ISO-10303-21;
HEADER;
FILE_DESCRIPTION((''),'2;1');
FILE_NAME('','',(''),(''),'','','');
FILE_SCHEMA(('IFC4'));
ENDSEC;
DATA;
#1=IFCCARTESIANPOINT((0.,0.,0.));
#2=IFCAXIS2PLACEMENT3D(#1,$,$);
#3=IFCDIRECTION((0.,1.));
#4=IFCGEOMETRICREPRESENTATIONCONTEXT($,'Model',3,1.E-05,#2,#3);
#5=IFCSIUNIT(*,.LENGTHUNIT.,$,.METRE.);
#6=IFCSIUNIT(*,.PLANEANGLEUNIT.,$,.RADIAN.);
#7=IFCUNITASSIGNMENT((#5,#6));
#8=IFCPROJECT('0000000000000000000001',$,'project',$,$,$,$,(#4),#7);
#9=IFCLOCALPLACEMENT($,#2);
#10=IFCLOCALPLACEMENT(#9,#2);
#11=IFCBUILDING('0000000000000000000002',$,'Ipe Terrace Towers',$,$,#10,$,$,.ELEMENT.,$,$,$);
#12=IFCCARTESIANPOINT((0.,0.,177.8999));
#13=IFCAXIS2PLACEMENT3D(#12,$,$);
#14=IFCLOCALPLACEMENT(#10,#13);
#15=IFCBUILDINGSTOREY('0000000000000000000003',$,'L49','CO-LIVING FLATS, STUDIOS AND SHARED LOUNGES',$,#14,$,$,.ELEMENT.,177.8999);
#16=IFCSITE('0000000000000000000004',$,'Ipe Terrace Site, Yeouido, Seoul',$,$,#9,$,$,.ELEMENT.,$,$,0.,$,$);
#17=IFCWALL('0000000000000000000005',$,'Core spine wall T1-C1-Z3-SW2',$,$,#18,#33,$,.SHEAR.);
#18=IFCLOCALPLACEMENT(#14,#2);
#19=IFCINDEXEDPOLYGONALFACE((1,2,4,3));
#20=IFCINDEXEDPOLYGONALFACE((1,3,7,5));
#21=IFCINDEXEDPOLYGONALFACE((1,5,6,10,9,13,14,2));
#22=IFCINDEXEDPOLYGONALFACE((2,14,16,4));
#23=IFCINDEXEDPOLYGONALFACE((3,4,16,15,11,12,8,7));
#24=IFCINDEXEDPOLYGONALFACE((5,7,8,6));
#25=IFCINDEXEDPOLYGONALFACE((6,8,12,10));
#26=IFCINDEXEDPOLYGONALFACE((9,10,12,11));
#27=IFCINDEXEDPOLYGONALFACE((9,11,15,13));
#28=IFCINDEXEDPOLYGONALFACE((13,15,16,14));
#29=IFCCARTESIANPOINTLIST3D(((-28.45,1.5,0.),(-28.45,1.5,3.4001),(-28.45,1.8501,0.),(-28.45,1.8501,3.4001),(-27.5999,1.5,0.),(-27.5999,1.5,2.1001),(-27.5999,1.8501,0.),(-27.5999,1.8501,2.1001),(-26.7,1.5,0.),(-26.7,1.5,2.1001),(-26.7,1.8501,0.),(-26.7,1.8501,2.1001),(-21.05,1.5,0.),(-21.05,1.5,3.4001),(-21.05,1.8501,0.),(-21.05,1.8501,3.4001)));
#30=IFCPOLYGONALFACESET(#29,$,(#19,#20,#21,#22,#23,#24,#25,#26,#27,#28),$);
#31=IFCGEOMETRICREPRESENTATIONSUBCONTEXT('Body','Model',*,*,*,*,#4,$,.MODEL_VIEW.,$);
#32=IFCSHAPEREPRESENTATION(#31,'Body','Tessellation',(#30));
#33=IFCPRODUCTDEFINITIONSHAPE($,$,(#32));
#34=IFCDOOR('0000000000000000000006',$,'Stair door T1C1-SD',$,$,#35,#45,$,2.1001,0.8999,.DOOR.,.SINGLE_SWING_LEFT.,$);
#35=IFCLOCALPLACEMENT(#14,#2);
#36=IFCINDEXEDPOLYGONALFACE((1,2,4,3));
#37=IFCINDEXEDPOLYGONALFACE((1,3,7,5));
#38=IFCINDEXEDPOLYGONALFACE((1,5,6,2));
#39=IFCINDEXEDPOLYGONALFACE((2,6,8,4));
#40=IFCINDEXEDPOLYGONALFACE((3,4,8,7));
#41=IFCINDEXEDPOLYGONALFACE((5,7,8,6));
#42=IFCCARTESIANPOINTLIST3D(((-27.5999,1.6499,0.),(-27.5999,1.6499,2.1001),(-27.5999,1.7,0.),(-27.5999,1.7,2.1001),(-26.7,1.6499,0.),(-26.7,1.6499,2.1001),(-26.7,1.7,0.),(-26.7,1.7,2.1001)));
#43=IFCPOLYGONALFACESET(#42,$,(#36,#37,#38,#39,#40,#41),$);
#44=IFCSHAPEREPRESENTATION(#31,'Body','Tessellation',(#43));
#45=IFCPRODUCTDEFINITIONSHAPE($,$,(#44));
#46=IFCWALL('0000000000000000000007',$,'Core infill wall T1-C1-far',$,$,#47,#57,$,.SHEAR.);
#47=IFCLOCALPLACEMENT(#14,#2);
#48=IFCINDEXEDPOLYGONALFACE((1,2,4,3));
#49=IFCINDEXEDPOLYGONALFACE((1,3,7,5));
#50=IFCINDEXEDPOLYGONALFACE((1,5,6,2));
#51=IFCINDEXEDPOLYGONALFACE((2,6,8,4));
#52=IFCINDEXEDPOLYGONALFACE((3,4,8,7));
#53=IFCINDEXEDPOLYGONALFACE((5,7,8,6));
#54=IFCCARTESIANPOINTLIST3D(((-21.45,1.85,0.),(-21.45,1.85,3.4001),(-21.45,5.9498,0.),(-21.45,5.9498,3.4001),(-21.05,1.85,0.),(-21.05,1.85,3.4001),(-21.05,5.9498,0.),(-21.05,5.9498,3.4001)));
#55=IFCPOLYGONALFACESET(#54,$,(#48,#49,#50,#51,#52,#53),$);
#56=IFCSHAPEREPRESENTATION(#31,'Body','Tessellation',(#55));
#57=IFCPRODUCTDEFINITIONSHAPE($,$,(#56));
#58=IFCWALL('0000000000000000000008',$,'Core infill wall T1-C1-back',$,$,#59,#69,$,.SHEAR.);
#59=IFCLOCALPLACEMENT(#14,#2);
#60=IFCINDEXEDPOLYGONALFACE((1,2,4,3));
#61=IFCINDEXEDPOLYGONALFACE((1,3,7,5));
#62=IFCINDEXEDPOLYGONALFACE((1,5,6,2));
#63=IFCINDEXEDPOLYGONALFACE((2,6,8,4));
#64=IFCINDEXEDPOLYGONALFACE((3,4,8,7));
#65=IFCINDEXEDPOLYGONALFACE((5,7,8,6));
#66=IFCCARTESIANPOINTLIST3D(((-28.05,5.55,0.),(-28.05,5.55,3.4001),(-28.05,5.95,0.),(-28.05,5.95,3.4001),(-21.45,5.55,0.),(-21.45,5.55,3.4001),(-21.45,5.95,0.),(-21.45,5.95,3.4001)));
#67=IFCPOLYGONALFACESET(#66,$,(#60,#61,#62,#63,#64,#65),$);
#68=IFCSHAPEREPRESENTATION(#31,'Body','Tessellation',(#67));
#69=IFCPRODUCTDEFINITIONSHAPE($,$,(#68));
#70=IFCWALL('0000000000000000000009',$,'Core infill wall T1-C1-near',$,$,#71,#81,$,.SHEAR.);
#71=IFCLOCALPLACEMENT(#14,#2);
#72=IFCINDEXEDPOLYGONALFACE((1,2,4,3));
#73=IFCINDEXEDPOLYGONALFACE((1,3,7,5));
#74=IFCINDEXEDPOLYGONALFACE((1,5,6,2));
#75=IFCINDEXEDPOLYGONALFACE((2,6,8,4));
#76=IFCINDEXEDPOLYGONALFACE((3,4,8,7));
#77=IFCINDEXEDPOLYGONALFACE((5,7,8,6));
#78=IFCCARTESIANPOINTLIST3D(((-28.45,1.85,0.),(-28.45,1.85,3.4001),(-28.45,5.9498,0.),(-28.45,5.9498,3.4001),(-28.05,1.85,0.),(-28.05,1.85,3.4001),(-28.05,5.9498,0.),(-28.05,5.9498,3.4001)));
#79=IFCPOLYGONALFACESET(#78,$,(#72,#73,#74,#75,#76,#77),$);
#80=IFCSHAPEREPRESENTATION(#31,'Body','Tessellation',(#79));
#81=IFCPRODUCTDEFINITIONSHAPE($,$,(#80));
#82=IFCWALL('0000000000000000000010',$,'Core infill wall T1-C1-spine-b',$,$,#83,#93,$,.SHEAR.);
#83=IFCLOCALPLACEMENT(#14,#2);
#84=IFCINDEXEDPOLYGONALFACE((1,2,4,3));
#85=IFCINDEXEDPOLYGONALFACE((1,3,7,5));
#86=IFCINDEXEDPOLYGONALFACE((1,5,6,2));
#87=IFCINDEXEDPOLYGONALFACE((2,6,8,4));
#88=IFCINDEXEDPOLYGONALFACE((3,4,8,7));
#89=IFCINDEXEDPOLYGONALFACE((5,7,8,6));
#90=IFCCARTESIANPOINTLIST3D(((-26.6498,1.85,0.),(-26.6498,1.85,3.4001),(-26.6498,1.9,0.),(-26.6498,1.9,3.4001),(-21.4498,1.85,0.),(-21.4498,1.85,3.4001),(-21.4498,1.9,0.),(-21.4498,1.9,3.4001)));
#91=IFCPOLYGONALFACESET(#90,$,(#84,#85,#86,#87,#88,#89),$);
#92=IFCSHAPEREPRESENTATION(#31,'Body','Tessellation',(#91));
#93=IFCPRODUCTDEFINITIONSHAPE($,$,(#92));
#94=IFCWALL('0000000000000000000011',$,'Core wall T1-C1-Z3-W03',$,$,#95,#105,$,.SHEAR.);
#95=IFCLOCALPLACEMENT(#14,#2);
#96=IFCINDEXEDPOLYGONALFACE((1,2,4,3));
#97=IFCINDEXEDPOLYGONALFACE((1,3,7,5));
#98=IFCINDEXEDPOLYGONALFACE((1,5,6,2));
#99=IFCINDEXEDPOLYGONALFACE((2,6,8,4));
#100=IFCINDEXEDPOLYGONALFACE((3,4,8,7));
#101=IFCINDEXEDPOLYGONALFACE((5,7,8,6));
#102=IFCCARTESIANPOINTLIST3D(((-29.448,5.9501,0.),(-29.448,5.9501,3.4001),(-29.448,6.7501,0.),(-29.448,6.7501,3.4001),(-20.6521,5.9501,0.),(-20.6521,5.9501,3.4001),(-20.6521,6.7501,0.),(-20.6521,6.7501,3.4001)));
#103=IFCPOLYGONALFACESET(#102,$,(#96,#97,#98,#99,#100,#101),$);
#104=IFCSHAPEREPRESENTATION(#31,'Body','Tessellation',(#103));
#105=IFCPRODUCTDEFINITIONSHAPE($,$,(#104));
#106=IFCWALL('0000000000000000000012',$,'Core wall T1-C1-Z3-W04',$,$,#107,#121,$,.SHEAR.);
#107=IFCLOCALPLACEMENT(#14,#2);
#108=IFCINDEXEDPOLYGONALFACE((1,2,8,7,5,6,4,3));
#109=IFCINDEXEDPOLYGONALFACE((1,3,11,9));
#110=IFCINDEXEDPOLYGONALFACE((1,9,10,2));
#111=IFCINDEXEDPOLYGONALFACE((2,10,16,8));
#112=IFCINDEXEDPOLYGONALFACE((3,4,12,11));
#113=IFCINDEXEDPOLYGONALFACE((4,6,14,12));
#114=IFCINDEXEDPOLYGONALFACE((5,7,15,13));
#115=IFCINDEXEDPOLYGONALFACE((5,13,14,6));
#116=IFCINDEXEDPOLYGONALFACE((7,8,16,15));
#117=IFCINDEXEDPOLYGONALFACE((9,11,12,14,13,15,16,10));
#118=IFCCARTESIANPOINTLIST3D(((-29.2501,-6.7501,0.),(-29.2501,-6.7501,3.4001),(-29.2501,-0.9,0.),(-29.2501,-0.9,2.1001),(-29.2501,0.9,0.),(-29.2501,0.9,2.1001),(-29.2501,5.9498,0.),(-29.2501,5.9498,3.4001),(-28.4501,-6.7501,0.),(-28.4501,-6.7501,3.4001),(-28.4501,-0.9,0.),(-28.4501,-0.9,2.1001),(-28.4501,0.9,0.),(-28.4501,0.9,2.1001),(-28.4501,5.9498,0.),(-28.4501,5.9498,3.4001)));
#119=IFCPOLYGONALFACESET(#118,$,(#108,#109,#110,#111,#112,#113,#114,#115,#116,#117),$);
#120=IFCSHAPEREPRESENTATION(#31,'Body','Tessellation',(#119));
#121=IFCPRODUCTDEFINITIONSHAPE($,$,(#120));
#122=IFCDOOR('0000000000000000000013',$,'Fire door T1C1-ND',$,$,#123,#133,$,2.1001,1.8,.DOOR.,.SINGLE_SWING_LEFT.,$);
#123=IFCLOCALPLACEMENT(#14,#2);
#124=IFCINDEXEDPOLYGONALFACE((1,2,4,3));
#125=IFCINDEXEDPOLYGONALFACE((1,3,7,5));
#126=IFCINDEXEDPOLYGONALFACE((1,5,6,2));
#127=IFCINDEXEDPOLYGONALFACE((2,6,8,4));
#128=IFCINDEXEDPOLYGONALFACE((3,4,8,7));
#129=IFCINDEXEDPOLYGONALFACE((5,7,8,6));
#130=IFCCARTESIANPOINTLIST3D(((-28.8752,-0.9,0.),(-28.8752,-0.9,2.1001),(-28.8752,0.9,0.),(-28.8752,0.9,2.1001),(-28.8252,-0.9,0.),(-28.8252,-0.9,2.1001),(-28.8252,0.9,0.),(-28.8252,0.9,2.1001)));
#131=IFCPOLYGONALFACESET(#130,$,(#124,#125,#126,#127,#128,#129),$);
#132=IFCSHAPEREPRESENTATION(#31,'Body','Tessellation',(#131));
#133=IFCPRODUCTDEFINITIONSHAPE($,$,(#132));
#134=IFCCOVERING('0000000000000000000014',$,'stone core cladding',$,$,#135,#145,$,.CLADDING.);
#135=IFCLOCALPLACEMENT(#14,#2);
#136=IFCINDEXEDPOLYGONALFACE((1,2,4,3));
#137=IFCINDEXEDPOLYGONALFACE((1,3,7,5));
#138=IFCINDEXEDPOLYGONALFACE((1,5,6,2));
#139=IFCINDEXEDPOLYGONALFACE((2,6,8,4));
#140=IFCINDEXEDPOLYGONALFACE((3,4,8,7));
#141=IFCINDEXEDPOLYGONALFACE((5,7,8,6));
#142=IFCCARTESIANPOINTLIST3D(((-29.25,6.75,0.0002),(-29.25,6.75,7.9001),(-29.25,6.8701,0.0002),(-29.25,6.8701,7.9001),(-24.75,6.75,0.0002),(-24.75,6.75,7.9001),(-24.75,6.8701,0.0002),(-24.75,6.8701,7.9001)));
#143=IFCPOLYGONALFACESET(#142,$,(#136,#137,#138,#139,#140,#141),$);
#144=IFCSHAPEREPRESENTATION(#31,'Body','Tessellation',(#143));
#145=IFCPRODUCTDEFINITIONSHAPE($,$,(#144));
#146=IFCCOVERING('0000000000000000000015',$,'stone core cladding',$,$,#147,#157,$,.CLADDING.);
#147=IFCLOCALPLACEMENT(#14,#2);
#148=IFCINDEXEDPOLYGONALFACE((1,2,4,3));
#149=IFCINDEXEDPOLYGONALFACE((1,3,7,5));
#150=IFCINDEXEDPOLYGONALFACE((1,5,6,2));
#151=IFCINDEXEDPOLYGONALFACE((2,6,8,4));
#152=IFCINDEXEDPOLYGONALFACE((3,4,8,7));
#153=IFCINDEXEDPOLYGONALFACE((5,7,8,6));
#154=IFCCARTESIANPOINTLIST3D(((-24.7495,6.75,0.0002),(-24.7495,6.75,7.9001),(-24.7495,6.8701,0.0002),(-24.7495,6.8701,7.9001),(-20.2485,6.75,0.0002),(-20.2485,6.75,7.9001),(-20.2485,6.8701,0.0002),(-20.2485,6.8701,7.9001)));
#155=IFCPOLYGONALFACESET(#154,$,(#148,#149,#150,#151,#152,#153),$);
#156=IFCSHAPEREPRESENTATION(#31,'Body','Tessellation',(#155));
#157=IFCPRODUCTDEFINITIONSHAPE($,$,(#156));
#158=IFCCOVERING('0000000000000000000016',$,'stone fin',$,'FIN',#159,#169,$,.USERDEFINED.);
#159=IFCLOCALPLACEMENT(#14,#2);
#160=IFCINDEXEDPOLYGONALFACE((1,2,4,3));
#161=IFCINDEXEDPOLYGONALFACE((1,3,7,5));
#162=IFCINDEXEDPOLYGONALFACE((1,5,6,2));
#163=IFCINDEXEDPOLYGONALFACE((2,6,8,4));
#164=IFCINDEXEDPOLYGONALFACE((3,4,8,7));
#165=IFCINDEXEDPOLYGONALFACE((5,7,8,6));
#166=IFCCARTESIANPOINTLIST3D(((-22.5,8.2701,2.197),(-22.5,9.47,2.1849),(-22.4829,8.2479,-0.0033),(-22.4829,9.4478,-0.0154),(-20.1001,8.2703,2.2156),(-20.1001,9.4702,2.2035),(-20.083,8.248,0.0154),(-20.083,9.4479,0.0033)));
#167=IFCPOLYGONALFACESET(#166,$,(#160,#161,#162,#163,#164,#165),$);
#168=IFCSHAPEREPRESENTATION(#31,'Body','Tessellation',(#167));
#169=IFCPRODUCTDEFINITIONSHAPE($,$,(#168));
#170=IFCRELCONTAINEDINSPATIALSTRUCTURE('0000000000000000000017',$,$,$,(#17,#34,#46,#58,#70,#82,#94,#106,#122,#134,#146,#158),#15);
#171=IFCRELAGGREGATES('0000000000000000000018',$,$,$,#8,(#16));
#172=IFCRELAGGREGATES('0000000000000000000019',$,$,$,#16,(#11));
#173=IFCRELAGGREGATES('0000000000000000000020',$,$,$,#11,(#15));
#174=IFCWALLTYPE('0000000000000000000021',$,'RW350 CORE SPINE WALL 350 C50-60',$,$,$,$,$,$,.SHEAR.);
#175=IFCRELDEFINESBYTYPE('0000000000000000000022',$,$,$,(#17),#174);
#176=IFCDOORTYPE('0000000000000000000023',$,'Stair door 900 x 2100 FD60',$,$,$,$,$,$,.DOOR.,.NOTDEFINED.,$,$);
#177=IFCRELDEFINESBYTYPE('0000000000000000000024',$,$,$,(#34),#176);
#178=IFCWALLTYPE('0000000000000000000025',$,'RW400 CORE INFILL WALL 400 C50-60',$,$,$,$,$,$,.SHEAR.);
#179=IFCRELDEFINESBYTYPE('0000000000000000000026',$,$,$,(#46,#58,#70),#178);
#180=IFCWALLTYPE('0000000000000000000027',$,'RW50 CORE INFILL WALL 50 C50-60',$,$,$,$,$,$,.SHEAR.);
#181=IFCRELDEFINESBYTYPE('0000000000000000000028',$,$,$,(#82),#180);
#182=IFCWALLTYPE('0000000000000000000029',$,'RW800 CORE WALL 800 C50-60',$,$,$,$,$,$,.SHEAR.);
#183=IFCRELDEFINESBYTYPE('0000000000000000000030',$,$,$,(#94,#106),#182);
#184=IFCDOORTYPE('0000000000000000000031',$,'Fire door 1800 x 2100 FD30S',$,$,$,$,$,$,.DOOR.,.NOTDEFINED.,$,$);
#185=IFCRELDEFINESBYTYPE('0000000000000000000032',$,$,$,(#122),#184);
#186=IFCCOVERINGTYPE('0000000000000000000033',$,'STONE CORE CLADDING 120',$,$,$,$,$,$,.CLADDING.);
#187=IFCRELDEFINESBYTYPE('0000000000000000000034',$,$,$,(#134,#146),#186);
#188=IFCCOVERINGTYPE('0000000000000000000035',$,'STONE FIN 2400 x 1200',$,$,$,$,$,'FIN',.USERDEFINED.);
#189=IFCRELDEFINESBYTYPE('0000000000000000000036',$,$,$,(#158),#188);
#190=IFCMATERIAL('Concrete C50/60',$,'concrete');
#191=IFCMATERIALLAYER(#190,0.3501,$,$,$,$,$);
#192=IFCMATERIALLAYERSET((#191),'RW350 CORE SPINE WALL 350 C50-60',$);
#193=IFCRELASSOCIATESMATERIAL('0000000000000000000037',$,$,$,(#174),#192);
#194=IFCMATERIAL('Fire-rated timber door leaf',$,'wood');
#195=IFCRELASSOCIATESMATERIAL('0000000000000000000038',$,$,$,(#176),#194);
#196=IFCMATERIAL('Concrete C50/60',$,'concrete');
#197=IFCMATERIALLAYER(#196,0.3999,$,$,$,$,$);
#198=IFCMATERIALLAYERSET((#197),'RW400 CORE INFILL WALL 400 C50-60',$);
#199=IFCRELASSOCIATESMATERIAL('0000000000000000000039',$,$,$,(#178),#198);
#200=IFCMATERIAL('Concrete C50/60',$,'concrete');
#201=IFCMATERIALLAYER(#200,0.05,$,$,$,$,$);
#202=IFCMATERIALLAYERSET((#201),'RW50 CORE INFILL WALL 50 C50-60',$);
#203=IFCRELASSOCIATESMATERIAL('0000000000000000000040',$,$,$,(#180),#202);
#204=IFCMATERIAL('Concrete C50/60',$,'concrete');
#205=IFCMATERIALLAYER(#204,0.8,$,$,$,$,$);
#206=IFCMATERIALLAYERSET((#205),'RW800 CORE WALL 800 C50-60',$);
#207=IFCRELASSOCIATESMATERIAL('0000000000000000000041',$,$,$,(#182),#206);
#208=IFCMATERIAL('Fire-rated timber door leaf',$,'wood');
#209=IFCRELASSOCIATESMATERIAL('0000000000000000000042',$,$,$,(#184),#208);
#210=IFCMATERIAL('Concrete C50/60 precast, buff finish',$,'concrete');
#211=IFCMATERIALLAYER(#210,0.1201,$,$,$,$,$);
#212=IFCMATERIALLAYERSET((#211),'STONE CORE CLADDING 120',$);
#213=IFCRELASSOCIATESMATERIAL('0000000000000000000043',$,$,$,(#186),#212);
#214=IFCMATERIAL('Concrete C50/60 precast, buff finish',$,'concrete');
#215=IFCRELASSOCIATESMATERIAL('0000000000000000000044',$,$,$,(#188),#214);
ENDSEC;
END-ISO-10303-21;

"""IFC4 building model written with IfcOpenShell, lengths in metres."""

from ifc_helpers import new_model, si_unit, direction, frame, frame_2d, origin, origin_2d, place, context, subcontext, project, spatial, rectangle, extrude, material, layer, layer_set, material_profile, profile_set, type_object, element, fill, save


model = new_model("IFC4")

# Units and contexts
model_context = context("Model", 3, precision=1e-05, world=origin(), true_north=direction((0.0, 1.0)))
body_context = subcontext(model_context, "Body", "Model", "MODEL_VIEW")
ifc_project = project(units=[si_unit("LENGTHUNIT", "METRE"), si_unit("PLANEANGLEUNIT", "RADIAN")], contexts=[model_context])

# Site, building, storey
site_placement = place(None, origin())
site = spatial("IfcSite", under=ifc_project, at=site_placement, Name="Ipe Terrace Site, Yeouido, Seoul", CompositionType="ELEMENT", RefElevation=0.0)
building_placement = place(site_placement, origin())
building = spatial("IfcBuilding", under=site, at=building_placement, Name="Ipe Terrace Towers", CompositionType="ELEMENT")
storey_placement = place(building_placement, frame((0.0, 0.0, 177.8999)))
storey = spatial("IfcBuildingStorey", under=building, at=storey_placement, Name="L49", Description="CO-LIVING FLATS, STUDIOS AND SHARED LOUNGES", CompositionType="ELEMENT", Elevation=177.8999)

# Wall, opening, door
ifc_material_1 = material(Name="Concrete C50/60", Category="concrete")
ifc_layer_1 = layer(ifc_material_1, 0.3501)
ifc_layer_set_1 = layer_set([ifc_layer_1], Name="RW350 CORE SPINE WALL 350 C50-60")
wall_type_1 = type_object("IfcWallType", Name="RW350 CORE SPINE WALL 350 C50-60", PredefinedType="SHEAR", material=ifc_layer_set_1)
wall_1_placement = place(storey_placement, frame((-28.45, 1.675, 0.0), z_axis=(0.0, 0.0, 1.0), x_axis=(1.0, 0.0, 0.0)))
wall_1 = element("IfcWall", 1, at=wall_1_placement, inside=storey, type_object=wall_type_1, Name="Core spine wall T1-C1-Z3-SW2", PredefinedType="SHEAR", context=body_context, shape_type="SweptSolid", body=[
    extrude(rectangle(XDim=7.3999, YDim=0.3501, at=frame_2d((3.7, 0.0))), origin(), (0.0, 0.0, 1.0), 3.4001),
])
opening_1_placement = place(wall_1_placement, frame((0.8501, 0.0, 0.0)))
opening_1 = element("IfcOpeningElement", 2, at=opening_1_placement, cuts=wall_1, PredefinedType="OPENING", context=body_context, shape_type="SweptSolid", body=[
    extrude(rectangle(XDim=0.8999, YDim=2.1001, at=frame_2d((0.45, 1.05))), frame((0.0, 0.1851, 0.0), z_axis=(0.0, -1.0, 0.0), x_axis=(1.0, 0.0, 0.0)), (0.0, 0.0, 1.0), 0.3701),
])
ifc_material_2 = material(Name="Fire-rated timber door leaf", Category="wood")
door_type_1 = type_object("IfcDoorType", Name="Stair door 900 x 2100 FD60", OperationType="NOTDEFINED", PredefinedType="DOOR", material=ifc_material_2)
door_1_placement = place(opening_1_placement, origin())
door_1 = element("IfcDoor", 3, at=door_1_placement, inside=storey, type_object=door_type_1, Name="Stair door T1C1-SD", OperationType="SINGLE_SWING_LEFT", OverallHeight=2.1001, OverallWidth=0.8999, PredefinedType="DOOR", context=body_context, shape_type="SweptSolid", body=[
    extrude(rectangle(XDim=0.8999, YDim=2.1001, at=frame_2d((0.45, 1.05))), frame((0.0, 0.0249, 0.0), z_axis=(0.0, -1.0, 0.0), x_axis=(1.0, 0.0, 0.0)), (0.0, 0.0, 1.0), 0.05),
])
fill(opening_1, door_1)

# Walls
ifc_material_3 = material(Name="Concrete C50/60", Category="concrete")
ifc_layer_2 = layer(ifc_material_3, 0.3999)
ifc_layer_set_2 = layer_set([ifc_layer_2], Name="RW400 CORE INFILL WALL 400 C50-60")
wall_type_2 = type_object("IfcWallType", Name="RW400 CORE INFILL WALL 400 C50-60", PredefinedType="SHEAR", material=ifc_layer_set_2)
wall_2_placement = place(storey_placement, frame((-21.25, 1.8501, 0.0), z_axis=(0.0, 0.0, 1.0), x_axis=(0.0, 1.0, 0.0)))
element("IfcWall", 4, at=wall_2_placement, inside=storey, type_object=wall_type_2, Name="Core infill wall T1-C1-far", PredefinedType="SHEAR", context=body_context, shape_type="SweptSolid", body=[
    extrude(rectangle(XDim=4.0999, YDim=0.3999, at=frame_2d((2.0498, 0.0))), origin(), (0.0, 0.0, 1.0), 3.4001),
])
wall_3_placement = place(storey_placement, frame((-28.05, 5.75, 0.0), z_axis=(0.0, 0.0, 1.0), x_axis=(1.0, 0.0, 0.0)))
element("IfcWall", 5, at=wall_3_placement, inside=storey, type_object=wall_type_2, Name="Core infill wall T1-C1-back", PredefinedType="SHEAR", context=body_context, shape_type="SweptSolid", body=[
    extrude(rectangle(XDim=6.6001, YDim=0.3999, at=frame_2d((3.3, 0.0))), origin(), (0.0, 0.0, 1.0), 3.4001),
])
wall_4_placement = place(storey_placement, frame((-28.25, 1.8501, 0.0), z_axis=(0.0, 0.0, 1.0), x_axis=(0.0, 1.0, 0.0)))
element("IfcWall", 6, at=wall_4_placement, inside=storey, type_object=wall_type_2, Name="Core infill wall T1-C1-near", PredefinedType="SHEAR", context=body_context, shape_type="SweptSolid", body=[
    extrude(rectangle(XDim=4.0999, YDim=0.3999, at=frame_2d((2.0498, 0.0))), origin(), (0.0, 0.0, 1.0), 3.4001),
])
ifc_material_4 = material(Name="Concrete C50/60", Category="concrete")
ifc_layer_3 = layer(ifc_material_4, 0.05)
ifc_layer_set_3 = layer_set([ifc_layer_3], Name="RW50 CORE INFILL WALL 50 C50-60")
wall_type_3 = type_object("IfcWallType", Name="RW50 CORE INFILL WALL 50 C50-60", PredefinedType="SHEAR", material=ifc_layer_set_3)
wall_5_placement = place(storey_placement, frame((-26.6499, 1.875, 0.0), z_axis=(0.0, 0.0, 1.0), x_axis=(1.0, 0.0, 0.0)))
element("IfcWall", 7, at=wall_5_placement, inside=storey, type_object=wall_type_3, Name="Core infill wall T1-C1-spine-b", PredefinedType="SHEAR", context=body_context, shape_type="SweptSolid", body=[
    extrude(rectangle(XDim=5.2, YDim=0.05, at=frame_2d((2.6001, 0.0))), origin(), (0.0, 0.0, 1.0), 3.4001),
])
ifc_material_5 = material(Name="Concrete C50/60", Category="concrete")
ifc_layer_4 = layer(ifc_material_5, 0.8)
ifc_layer_set_4 = layer_set([ifc_layer_4], Name="RW800 CORE WALL 800 C50-60")
wall_type_4 = type_object("IfcWallType", Name="RW800 CORE WALL 800 C50-60", PredefinedType="SHEAR", material=ifc_layer_set_4)
wall_6_placement = place(storey_placement, frame((-20.6521, 6.3501, 0.0), z_axis=(0.0, 0.0, 1.0), x_axis=(-1.0, 0.0, 0.0)))
element("IfcWall", 8, at=wall_6_placement, inside=storey, type_object=wall_type_4, Name="Core wall T1-C1-Z3-W03", PredefinedType="SHEAR", context=body_context, shape_type="SweptSolid", body=[
    extrude(rectangle(XDim=8.7959, YDim=0.8, at=frame_2d((4.3979, 0.0))), origin(), (0.0, 0.0, 1.0), 3.4001),
])

# Wall, opening, door
wall_7_placement = place(storey_placement, frame((-28.8501, 5.95, 0.0), z_axis=(0.0, 0.0, 1.0), x_axis=(0.0, -1.0, 0.0)))
wall_7 = element("IfcWall", 9, at=wall_7_placement, inside=storey, type_object=wall_type_4, Name="Core wall T1-C1-Z3-W04", PredefinedType="SHEAR", context=body_context, shape_type="SweptSolid", body=[
    extrude(rectangle(XDim=12.7, YDim=0.8, at=frame_2d((6.3501, 0.0))), origin(), (0.0, 0.0, 1.0), 3.4001),
])
opening_2_placement = place(wall_7_placement, frame((5.05, 0.0, 0.0)))
opening_2 = element("IfcOpeningElement", 10, at=opening_2_placement, cuts=wall_7, PredefinedType="OPENING", context=body_context, shape_type="SweptSolid", body=[
    extrude(rectangle(XDim=1.8, YDim=2.1001, at=frame_2d((0.8999, 1.05))), frame((0.0, 0.4102, 0.0), z_axis=(0.0, -1.0, 0.0), x_axis=(1.0, 0.0, 0.0)), (0.0, 0.0, 1.0), 0.8201),
])
ifc_material_6 = material(Name="Fire-rated timber door leaf", Category="wood")
door_type_2 = type_object("IfcDoorType", Name="Fire door 1800 x 2100 FD30S", OperationType="NOTDEFINED", PredefinedType="DOOR", material=ifc_material_6)
door_2_placement = place(opening_2_placement, origin())
door_2 = element("IfcDoor", 11, at=door_2_placement, inside=storey, type_object=door_type_2, Name="Fire door T1C1-ND", OperationType="SINGLE_SWING_LEFT", OverallHeight=2.1001, OverallWidth=1.8, PredefinedType="DOOR", context=body_context, shape_type="SweptSolid", body=[
    extrude(rectangle(XDim=1.8, YDim=2.1001, at=frame_2d((0.8999, 1.05))), frame((0.0, 0.0249, 0.0), z_axis=(0.0, -1.0, 0.0), x_axis=(1.0, 0.0, 0.0)), (0.0, 0.0, 1.0), 0.05),
])
fill(opening_2, door_2)

# Coverings
ifc_material_7 = material(Name="Concrete C50/60 precast, buff finish", Category="concrete")
ifc_layer_5 = layer(ifc_material_7, 0.1201)
ifc_layer_set_5 = layer_set([ifc_layer_5], Name="STONE CORE CLADDING 120")
covering_type_1 = type_object("IfcCoveringType", Name="STONE CORE CLADDING 120", PredefinedType="CLADDING", material=ifc_layer_set_5)
covering_1_placement = place(storey_placement, frame((-27.0, 6.8101, 0.0002), z_axis=(0.0, 0.0, 1.0), x_axis=(-1.0, 0.0, 0.0)))
element("IfcCovering", 12, at=covering_1_placement, inside=storey, type_object=covering_type_1, Name="stone core cladding", PredefinedType="CLADDING", context=body_context, shape_type="SweptSolid", body=[
    extrude(rectangle(XDim=4.5, YDim=0.1201, at=origin_2d()), origin(), (0.0, 0.0, 1.0), 7.8999),
])
covering_2_placement = place(storey_placement, frame((-22.499, 6.8101, 0.0002), z_axis=(0.0, 0.0, 1.0), x_axis=(-1.0, 0.0, 0.0)))
element("IfcCovering", 13, at=covering_2_placement, inside=storey, type_object=covering_type_1, Name="stone core cladding", PredefinedType="CLADDING", context=body_context, shape_type="SweptSolid", body=[
    extrude(rectangle(XDim=4.501, YDim=0.1201, at=origin_2d()), origin(), (0.0, 0.0, 1.0), 7.8999),
])
ifc_material_8 = material(Name="Concrete C50/60 precast, buff finish", Category="concrete")
ifc_material_profile_1 = material_profile(ifc_material_8, rectangle(XDim=2.3999, YDim=1.2, at=origin_2d()), Name="STONE FIN 2400 x 1200")
ifc_profile_set_1 = profile_set([ifc_material_profile_1], Name="Concrete C50/60 precast, buff finish")
covering_type_2 = type_object("IfcCoveringType", Name="STONE FIN 2400 x 1200", ElementType="FIN", PredefinedType="USERDEFINED", material=ifc_profile_set_1)
covering_3_placement = place(storey_placement, frame((-21.283, 8.8479, 0.0), z_axis=(-0.007767, 0.010097, 0.999919), x_axis=(-0.99997, -0.000078, -0.007766)))
element("IfcCovering", 14, at=covering_3_placement, inside=storey, type_object=covering_type_2, Name="stone fin", ObjectType="FIN", PredefinedType="USERDEFINED", context=body_context, shape_type="SweptSolid", body=[
    extrude(rectangle(XDim=2.3999, YDim=1.2, at=origin_2d()), origin(), (0.0, 0.0, 1.0), 2.2004),
])

save(model, "model.ifc")
